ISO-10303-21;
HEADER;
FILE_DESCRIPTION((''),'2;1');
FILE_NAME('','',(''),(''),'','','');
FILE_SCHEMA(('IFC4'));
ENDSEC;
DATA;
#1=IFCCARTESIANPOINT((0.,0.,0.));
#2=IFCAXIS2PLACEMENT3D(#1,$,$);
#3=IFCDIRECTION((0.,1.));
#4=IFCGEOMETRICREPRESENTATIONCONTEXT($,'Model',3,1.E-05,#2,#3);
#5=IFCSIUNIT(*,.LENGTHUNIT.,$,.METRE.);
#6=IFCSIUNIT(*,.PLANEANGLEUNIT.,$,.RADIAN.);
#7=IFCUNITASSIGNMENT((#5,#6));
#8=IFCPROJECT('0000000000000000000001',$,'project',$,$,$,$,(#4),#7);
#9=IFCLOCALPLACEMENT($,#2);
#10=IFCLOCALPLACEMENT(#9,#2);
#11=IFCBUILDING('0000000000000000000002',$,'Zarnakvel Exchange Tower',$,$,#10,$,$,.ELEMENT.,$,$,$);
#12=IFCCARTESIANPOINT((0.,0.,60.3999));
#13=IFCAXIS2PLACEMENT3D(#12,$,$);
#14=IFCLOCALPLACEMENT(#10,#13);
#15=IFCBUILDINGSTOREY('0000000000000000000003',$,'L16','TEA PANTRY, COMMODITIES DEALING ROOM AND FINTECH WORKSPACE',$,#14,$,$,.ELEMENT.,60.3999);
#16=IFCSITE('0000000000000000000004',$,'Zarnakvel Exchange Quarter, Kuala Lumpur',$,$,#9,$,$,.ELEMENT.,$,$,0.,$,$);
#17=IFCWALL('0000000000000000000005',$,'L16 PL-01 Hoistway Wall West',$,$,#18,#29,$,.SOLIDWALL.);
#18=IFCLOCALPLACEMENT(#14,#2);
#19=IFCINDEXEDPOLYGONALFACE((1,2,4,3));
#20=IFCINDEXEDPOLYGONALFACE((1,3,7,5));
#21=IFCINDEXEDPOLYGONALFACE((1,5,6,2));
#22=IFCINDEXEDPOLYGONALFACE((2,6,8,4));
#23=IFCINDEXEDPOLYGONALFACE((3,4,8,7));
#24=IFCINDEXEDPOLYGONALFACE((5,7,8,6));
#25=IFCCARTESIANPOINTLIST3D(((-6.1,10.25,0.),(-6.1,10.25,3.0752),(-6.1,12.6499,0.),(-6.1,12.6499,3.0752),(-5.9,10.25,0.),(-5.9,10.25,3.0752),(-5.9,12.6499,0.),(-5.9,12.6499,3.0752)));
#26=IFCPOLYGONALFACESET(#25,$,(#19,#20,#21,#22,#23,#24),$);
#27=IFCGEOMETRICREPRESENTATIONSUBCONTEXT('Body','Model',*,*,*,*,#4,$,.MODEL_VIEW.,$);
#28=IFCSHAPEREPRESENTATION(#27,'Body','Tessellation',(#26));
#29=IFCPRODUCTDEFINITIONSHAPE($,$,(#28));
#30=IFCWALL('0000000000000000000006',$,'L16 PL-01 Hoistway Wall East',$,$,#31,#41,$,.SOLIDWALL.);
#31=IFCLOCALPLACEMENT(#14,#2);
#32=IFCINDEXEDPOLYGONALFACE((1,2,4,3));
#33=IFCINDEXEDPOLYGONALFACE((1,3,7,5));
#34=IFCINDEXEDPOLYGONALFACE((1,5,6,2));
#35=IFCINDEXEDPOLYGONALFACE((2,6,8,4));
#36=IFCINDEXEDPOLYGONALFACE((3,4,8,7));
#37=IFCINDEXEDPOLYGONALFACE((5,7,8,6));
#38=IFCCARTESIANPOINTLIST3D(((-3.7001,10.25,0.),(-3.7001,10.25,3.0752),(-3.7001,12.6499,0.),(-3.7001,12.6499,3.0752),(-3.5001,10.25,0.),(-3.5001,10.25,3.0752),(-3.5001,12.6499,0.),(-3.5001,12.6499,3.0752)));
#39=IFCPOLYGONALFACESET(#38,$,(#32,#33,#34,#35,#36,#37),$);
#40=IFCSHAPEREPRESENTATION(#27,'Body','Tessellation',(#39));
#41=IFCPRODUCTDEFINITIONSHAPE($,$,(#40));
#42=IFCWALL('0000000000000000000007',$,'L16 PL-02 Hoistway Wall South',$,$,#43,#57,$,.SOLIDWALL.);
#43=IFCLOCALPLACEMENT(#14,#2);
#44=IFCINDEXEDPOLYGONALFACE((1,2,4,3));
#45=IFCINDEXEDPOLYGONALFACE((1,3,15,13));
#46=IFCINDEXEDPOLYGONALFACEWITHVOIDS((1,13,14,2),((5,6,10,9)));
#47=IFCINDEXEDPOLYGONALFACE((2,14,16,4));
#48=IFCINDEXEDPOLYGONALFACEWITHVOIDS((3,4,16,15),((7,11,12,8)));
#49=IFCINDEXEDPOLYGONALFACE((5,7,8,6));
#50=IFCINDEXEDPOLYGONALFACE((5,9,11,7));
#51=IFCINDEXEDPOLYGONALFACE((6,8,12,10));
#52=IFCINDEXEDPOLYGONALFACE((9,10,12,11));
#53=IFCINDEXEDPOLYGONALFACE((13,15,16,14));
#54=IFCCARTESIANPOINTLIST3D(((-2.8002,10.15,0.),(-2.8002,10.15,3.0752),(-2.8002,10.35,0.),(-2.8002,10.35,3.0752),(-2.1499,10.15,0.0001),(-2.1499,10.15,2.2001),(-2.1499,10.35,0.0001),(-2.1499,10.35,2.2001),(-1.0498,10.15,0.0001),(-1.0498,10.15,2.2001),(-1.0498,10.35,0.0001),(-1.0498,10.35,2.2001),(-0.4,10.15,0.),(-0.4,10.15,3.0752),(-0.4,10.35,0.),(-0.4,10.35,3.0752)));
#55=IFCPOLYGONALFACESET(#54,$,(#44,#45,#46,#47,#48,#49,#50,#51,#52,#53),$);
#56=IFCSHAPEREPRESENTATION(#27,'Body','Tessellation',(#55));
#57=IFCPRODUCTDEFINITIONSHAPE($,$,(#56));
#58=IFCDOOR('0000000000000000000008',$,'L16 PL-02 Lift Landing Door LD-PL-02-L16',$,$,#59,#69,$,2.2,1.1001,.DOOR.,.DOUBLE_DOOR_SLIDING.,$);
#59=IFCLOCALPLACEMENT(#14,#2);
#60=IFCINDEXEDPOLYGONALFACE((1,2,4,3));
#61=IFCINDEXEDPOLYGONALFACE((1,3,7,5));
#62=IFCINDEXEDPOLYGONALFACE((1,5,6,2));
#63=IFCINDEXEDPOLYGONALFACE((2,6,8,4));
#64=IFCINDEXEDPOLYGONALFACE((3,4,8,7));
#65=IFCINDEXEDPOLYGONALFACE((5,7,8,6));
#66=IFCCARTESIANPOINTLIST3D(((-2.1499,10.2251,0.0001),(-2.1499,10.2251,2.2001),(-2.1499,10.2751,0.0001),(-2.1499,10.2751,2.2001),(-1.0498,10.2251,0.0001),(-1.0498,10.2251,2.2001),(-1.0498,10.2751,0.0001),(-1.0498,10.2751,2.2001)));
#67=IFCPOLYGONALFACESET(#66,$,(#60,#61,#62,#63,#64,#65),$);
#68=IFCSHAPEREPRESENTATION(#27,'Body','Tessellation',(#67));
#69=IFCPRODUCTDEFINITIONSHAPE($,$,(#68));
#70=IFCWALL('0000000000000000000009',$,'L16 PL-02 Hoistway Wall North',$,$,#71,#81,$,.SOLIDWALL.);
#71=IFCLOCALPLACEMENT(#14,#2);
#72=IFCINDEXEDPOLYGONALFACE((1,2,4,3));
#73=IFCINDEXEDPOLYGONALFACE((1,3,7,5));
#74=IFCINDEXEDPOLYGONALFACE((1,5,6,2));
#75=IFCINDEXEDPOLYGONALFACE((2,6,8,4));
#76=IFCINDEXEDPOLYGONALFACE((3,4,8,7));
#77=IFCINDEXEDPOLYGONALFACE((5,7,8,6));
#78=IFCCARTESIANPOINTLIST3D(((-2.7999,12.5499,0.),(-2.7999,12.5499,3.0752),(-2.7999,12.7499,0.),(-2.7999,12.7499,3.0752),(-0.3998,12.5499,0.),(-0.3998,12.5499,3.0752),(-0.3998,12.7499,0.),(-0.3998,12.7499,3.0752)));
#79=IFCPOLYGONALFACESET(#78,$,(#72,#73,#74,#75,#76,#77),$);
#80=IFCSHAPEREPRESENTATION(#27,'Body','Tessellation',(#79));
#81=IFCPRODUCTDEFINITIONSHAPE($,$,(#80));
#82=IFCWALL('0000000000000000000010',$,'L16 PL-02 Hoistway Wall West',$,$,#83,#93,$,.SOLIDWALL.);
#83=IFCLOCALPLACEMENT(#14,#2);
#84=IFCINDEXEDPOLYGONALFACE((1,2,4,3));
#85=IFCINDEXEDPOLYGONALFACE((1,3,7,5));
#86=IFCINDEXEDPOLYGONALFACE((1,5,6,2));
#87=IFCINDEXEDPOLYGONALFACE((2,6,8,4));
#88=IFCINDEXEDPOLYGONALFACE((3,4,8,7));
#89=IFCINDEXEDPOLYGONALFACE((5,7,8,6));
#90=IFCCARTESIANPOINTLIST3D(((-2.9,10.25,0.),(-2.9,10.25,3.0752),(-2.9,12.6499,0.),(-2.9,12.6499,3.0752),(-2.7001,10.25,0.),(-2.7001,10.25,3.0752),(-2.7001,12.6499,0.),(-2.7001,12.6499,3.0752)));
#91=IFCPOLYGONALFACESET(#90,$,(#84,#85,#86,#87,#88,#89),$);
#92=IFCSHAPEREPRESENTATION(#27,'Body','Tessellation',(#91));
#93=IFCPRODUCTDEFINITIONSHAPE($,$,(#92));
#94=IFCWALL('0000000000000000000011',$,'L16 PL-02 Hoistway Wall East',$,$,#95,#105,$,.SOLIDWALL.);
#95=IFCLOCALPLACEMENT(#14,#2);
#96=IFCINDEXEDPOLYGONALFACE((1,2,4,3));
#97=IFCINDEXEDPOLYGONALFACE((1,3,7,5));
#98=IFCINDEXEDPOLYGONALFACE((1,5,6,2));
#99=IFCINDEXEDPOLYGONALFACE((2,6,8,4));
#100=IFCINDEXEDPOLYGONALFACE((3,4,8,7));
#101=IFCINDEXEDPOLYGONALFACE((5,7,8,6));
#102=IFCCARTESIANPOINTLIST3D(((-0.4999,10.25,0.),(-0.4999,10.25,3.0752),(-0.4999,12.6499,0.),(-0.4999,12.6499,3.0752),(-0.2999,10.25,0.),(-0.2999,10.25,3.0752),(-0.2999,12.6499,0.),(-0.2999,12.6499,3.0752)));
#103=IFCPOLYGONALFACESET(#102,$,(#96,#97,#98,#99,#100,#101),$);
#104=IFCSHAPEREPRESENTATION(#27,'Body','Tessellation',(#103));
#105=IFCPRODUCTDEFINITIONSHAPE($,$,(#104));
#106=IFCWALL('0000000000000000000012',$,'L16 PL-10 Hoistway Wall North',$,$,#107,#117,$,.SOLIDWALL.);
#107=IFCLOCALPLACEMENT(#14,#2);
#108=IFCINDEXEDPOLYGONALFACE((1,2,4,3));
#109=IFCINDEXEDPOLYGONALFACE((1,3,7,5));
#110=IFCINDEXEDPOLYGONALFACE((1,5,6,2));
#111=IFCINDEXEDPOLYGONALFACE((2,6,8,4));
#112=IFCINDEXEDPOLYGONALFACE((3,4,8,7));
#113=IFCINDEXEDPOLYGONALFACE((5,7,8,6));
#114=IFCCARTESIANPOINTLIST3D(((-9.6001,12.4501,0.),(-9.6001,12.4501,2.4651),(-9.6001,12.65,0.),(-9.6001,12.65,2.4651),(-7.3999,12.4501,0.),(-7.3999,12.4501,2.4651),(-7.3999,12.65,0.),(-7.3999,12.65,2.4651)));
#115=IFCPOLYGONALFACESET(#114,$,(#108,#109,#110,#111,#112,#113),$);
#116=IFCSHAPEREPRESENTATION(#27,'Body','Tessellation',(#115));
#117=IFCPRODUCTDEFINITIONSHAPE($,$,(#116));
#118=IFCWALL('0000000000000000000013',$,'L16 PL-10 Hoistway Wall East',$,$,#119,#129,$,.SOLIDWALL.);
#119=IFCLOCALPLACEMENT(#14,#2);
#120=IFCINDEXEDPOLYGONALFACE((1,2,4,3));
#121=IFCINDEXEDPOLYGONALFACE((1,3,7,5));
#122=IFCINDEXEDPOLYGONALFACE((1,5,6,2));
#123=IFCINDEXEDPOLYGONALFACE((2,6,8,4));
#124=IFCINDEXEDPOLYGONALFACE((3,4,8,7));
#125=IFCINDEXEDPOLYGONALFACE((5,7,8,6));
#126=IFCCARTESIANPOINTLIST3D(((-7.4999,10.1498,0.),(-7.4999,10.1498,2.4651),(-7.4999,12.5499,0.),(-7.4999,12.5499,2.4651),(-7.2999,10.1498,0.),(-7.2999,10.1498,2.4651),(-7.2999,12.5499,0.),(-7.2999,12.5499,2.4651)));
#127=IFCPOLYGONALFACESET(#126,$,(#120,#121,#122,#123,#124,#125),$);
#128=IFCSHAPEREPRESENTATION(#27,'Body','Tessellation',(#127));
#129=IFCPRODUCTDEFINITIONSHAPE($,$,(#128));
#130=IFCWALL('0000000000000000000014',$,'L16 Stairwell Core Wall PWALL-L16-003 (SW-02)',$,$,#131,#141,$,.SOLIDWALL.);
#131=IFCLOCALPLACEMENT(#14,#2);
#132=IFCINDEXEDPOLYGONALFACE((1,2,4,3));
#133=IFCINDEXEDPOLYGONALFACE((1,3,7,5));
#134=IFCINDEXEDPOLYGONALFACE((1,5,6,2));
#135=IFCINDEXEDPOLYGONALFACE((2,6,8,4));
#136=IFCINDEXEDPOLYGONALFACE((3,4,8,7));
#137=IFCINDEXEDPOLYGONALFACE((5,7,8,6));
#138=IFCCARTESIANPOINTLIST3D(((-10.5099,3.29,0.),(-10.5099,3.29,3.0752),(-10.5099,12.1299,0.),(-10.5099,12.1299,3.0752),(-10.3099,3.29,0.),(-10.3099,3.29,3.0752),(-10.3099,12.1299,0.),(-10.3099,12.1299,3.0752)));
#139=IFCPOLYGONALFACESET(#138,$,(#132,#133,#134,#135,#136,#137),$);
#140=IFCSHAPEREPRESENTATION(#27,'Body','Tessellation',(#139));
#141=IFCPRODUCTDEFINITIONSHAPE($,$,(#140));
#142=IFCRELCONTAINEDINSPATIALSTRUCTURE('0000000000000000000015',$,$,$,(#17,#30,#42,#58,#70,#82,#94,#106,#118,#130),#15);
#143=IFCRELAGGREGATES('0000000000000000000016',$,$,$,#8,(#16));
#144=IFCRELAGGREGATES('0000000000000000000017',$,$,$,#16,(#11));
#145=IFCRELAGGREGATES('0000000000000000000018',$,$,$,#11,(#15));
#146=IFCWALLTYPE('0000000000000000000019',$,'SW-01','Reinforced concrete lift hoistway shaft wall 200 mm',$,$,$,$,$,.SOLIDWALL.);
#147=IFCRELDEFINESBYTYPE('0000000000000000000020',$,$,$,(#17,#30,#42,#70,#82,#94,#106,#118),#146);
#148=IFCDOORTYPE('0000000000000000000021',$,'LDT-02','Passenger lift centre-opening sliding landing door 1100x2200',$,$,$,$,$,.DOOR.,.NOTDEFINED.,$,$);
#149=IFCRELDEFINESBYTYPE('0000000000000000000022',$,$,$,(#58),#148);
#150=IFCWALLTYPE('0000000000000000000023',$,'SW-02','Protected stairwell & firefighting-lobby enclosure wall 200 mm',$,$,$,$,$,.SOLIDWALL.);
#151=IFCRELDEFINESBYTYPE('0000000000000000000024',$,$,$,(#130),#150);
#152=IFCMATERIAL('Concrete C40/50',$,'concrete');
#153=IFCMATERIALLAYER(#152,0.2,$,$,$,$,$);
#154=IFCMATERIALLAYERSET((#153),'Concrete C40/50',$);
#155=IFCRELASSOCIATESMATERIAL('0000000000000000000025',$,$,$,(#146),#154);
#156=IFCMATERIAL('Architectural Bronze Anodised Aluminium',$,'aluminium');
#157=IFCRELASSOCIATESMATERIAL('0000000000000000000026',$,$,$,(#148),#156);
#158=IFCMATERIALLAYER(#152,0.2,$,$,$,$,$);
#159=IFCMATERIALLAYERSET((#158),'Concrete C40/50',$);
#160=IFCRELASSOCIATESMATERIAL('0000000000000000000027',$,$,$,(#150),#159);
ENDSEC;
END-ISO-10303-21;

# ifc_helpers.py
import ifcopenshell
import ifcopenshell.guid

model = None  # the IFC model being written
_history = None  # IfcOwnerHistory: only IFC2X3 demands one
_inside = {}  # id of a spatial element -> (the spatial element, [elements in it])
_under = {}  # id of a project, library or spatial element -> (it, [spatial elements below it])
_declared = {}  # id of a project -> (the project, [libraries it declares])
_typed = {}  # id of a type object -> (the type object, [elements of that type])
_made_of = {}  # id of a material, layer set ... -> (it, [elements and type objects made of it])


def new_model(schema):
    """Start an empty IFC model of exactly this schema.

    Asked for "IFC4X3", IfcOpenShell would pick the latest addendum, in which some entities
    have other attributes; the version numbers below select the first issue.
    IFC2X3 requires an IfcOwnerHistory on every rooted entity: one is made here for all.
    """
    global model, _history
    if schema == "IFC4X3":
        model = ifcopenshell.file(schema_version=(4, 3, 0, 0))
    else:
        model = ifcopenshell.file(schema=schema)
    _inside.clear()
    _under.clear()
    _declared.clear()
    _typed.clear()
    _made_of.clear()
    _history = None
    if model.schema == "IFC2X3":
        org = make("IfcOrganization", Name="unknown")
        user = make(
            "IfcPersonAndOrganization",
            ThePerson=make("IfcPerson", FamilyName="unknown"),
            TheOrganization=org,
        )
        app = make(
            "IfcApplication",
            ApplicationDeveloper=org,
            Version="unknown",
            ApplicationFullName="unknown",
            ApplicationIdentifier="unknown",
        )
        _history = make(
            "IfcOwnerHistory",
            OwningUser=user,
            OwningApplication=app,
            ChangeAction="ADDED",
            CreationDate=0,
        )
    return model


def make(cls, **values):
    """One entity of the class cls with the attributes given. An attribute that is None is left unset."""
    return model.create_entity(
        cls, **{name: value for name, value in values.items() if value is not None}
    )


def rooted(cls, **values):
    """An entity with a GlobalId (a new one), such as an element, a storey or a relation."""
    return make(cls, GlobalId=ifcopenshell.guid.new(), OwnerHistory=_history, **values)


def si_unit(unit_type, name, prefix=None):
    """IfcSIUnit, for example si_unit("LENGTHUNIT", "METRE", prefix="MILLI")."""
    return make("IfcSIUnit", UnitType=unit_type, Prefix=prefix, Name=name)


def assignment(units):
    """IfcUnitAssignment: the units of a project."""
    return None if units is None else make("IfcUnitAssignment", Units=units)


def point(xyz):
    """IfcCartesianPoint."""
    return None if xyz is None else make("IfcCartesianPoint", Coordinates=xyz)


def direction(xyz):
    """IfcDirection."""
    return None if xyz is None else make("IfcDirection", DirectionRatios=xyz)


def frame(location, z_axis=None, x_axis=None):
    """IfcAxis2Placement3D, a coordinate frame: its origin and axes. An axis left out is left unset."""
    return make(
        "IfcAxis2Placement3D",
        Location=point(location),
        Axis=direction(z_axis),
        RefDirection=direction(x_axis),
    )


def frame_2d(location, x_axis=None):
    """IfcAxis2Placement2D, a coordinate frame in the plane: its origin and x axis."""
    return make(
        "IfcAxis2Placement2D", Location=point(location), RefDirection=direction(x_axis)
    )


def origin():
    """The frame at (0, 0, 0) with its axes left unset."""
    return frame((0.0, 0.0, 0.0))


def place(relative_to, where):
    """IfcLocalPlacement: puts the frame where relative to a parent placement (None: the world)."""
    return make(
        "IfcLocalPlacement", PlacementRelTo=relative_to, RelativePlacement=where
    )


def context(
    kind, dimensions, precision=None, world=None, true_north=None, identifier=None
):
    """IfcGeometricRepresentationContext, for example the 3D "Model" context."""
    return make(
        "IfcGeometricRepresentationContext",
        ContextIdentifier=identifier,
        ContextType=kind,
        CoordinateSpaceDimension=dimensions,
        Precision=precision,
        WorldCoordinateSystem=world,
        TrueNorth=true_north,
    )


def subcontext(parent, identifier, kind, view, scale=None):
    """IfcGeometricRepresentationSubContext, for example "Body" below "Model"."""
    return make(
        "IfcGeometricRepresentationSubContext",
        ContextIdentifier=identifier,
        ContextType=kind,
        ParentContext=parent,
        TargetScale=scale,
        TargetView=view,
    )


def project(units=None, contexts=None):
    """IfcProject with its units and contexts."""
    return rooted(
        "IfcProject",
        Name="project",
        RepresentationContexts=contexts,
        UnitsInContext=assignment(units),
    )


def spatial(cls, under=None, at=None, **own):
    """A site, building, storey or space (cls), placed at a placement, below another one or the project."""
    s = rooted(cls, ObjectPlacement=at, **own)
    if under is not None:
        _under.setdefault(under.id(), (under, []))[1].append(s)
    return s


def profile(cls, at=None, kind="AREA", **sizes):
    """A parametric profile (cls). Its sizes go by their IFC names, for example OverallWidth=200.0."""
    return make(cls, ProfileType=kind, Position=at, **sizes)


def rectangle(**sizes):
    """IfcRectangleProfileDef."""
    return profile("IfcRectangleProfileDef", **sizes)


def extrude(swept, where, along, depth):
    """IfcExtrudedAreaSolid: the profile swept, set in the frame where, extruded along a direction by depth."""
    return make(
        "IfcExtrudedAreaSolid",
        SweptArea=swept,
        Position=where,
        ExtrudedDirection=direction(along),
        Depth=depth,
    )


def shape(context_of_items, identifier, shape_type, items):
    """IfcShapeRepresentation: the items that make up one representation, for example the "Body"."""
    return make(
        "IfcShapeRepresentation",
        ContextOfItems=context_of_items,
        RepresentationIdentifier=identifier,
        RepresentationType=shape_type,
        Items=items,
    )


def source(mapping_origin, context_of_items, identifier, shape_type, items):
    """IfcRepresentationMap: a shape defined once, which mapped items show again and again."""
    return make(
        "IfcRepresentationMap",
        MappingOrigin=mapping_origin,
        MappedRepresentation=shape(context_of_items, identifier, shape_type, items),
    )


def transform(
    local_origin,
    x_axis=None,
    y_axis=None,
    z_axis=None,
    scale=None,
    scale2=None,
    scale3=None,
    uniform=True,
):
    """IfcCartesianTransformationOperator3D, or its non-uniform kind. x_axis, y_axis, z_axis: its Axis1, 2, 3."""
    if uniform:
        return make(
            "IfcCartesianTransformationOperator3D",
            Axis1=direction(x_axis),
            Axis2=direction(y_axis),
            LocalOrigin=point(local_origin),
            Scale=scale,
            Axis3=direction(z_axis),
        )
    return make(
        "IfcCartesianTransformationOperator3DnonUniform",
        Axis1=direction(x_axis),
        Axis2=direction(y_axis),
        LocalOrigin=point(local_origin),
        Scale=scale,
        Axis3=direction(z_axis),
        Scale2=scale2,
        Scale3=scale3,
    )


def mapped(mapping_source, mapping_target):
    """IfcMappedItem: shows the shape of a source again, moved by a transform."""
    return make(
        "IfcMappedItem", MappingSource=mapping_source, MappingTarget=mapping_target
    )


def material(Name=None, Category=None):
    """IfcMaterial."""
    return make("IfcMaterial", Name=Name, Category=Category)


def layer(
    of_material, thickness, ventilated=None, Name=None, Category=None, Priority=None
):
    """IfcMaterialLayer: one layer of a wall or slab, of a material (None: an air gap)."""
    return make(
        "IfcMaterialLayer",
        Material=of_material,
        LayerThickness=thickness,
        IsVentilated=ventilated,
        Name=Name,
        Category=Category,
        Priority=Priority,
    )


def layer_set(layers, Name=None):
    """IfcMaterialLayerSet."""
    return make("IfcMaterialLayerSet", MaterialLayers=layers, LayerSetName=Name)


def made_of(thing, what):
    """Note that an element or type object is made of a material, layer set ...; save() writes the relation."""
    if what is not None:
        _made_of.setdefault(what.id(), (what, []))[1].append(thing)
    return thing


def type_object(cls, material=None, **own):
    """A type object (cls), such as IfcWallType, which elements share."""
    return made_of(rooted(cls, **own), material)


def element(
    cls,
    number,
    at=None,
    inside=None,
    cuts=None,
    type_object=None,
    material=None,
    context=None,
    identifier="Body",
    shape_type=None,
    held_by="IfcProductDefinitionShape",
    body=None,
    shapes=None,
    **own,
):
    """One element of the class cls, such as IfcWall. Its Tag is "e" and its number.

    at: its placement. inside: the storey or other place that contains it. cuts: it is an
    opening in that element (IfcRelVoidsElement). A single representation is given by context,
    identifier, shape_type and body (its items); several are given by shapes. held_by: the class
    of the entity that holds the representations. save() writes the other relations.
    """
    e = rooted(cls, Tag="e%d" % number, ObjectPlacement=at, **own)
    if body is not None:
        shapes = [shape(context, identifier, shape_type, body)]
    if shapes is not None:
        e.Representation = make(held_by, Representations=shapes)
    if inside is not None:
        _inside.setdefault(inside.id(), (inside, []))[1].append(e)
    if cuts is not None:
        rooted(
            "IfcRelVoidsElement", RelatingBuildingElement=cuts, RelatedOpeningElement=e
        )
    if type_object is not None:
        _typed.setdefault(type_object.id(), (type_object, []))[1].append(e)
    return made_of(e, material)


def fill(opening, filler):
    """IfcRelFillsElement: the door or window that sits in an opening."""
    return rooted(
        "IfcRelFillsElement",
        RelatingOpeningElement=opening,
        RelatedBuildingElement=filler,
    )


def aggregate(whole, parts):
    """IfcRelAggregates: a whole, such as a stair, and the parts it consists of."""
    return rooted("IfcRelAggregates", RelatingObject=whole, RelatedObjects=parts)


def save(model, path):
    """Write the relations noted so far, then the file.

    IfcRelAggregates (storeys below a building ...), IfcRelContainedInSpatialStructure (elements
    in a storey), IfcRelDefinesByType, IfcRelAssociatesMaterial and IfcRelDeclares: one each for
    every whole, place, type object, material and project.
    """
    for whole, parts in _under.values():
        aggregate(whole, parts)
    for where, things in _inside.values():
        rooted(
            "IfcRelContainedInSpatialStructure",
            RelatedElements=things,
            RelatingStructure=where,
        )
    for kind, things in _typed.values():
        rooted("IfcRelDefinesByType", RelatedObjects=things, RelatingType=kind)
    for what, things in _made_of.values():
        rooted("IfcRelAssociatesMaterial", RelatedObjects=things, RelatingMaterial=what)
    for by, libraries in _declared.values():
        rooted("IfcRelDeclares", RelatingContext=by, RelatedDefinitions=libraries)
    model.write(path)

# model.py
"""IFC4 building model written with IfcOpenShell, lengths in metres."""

from ifc_helpers import new_model, si_unit, direction, frame, frame_2d, origin, place, context, subcontext, project, spatial, rectangle, extrude, source, transform, mapped, material, layer, layer_set, type_object, element, fill, save


model = new_model("IFC4")

# Units and contexts
model_context = context("Model", 3, precision=1e-05, world=origin(), true_north=direction((0.0, 1.0)))
body_context = subcontext(model_context, "Body", "Model", "MODEL_VIEW")
ifc_project = project(units=[si_unit("LENGTHUNIT", "METRE"), si_unit("PLANEANGLEUNIT", "RADIAN")], contexts=[model_context])

# Site, building, storey
site_placement = place(None, origin())
site = spatial("IfcSite", under=ifc_project, at=site_placement, Name="Zarnakvel Exchange Quarter, Kuala Lumpur", CompositionType="ELEMENT", RefElevation=0.0)
building_placement = place(site_placement, origin())
building = spatial("IfcBuilding", under=site, at=building_placement, Name="Zarnakvel Exchange Tower", CompositionType="ELEMENT")
storey_placement = place(building_placement, frame((0.0, 0.0, 60.3999)))
storey = spatial("IfcBuildingStorey", under=building, at=storey_placement, Name="L16", Description="TEA PANTRY, COMMODITIES DEALING ROOM AND FINTECH WORKSPACE", CompositionType="ELEMENT", Elevation=60.3999)

# Shared definitions
ifc_material_1 = material(Name="Architectural Bronze Anodised Aluminium", Category="aluminium")

# Shared definitions
ifc_material_2 = material(Name="Concrete C40/50", Category="concrete")
ifc_layer_1 = layer(ifc_material_2, 0.2)
ifc_layer_set_1 = layer_set([ifc_layer_1], Name="Concrete C40/50")
wall_type_1 = type_object("IfcWallType", Name="SW-01", Description="Reinforced concrete lift hoistway shaft wall 200 mm", PredefinedType="SOLIDWALL", material=ifc_layer_set_1)
door_type = type_object("IfcDoorType", Name="LDT-02", Description="Passenger lift centre-opening sliding landing door 1100x2200", OperationType="NOTDEFINED", PredefinedType="DOOR", material=ifc_material_1)
shared_shape_1 = source(origin(), body_context, "Body", "SweptSolid", [
    extrude(rectangle(XDim=1.1001, YDim=2.2, at=frame_2d((0.55, 1.1001))), frame((0.0, 0.0249, 0.0), z_axis=(0.0, -1.0, 0.0), x_axis=(1.0, 0.0, 0.0)), (0.0, 0.0, 1.0), 0.05),
])

# Walls
for number, where, z_axis, x_axis, name in (
    (1, (-6.0, 10.25, 0.0), (0.0, 0.0, 1.0), (0.0, 1.0, 0.0), "L16 PL-01 Hoistway Wall West"),
    (2, (-3.6001, 12.6499, 0.0), (0.0, 0.0, 1.0), (0.0, -1.0, 0.0), "L16 PL-01 Hoistway Wall East"),
):
    element("IfcWall", number, at=place(storey_placement, frame(where, z_axis=z_axis, x_axis=x_axis)), inside=storey, type_object=wall_type_1, Name=name, PredefinedType="SOLIDWALL", context=body_context, shape_type="SweptSolid", body=[
        extrude(rectangle(XDim=2.3999, YDim=0.2, at=frame_2d((1.2, 0.0))), origin(), (0.0, 0.0, 1.0), 3.0752),
    ])

# Wall, opening, door
wall_1_placement = place(storey_placement, frame((-0.3999, 10.25, 0.0), z_axis=(0.0, 0.0, 1.0), x_axis=(-1.0, 0.0, 0.0)))
wall_1 = element("IfcWall", 3, at=wall_1_placement, inside=storey, type_object=wall_type_1, Name="L16 PL-02 Hoistway Wall South", PredefinedType="SOLIDWALL", context=body_context, shape_type="SweptSolid", body=[
    extrude(rectangle(XDim=2.4001, YDim=0.2, at=frame_2d((1.2002, 0.0))), origin(), (0.0, 0.0, 1.0), 3.0752),
])
opening_1_placement = place(wall_1_placement, frame((0.6499, 0.0, 0.0)))
opening_1 = element("IfcOpeningElement", 4, at=opening_1_placement, cuts=wall_1, PredefinedType="OPENING", context=body_context, shape_type="SweptSolid", body=[
    extrude(rectangle(XDim=1.1001, YDim=2.2, at=frame_2d((0.55, 1.1001))), frame((0.0, 0.1099, 0.0), z_axis=(0.0, -1.0, 0.0), x_axis=(1.0, 0.0, 0.0)), (0.0, 0.0, 1.0), 0.22),
])
door_1_placement = place(opening_1_placement, origin())
door_1 = element("IfcDoor", 5, at=door_1_placement, inside=storey, type_object=door_type, Name="L16 PL-02 Lift Landing Door LD-PL-02-L16", OperationType="DOUBLE_DOOR_SLIDING", OverallHeight=2.2, OverallWidth=1.1001, PredefinedType="DOOR", context=body_context, shape_type="MappedRepresentation", body=[
    mapped(shared_shape_1, transform((0.0, 0.0, 0.0), x_axis=(1.0, 0.0, 0.0), y_axis=(0.0, 1.0, 0.0), z_axis=(0.0, 0.0, 1.0), scale=1.0)),
])
fill(opening_1, door_1)

# Walls
wall_2_placement = place(storey_placement, frame((-2.8, 12.6499, 0.0), z_axis=(0.0, 0.0, 1.0), x_axis=(1.0, 0.0, 0.0)))
element("IfcWall", 6, at=wall_2_placement, inside=storey, type_object=wall_type_1, Name="L16 PL-02 Hoistway Wall North", PredefinedType="SOLIDWALL", context=body_context, shape_type="SweptSolid", body=[
    extrude(rectangle(XDim=2.4001, YDim=0.2, at=frame_2d((1.2002, 0.0))), origin(), (0.0, 0.0, 1.0), 3.0752),
])
for number, where, z_axis, x_axis, name in (
    (7, (-2.8, 10.25, 0.0), (0.0, 0.0, 1.0), (0.0, 1.0, 0.0), "L16 PL-02 Hoistway Wall West"),
    (8, (-0.3999, 12.6499, 0.0), (0.0, 0.0, 1.0), (0.0, -1.0, 0.0), "L16 PL-02 Hoistway Wall East"),
):
    element("IfcWall", number, at=place(storey_placement, frame(where, z_axis=z_axis, x_axis=x_axis)), inside=storey, type_object=wall_type_1, Name=name, PredefinedType="SOLIDWALL", context=body_context, shape_type="SweptSolid", body=[
        extrude(rectangle(XDim=2.3999, YDim=0.2, at=frame_2d((1.2, 0.0))), origin(), (0.0, 0.0, 1.0), 3.0752),
    ])
wall_3_placement = place(storey_placement, frame((-9.6001, 12.55, 0.0), z_axis=(0.0, 0.0, 1.0), x_axis=(1.0, 0.0, 0.0)))
element("IfcWall", 9, at=wall_3_placement, inside=storey, type_object=wall_type_1, Name="L16 PL-10 Hoistway Wall North", PredefinedType="SOLIDWALL", context=body_context, shape_type="SweptSolid", body=[
    extrude(rectangle(XDim=2.2002, YDim=0.2, at=frame_2d((1.1001, 0.0))), origin(), (0.0, 0.0, 1.0), 2.4651),
])
wall_4_placement = place(storey_placement, frame((-7.3999, 12.55, 0.0), z_axis=(0.0, 0.0, 1.0), x_axis=(0.0, -1.0, 0.0)))
element("IfcWall", 10, at=wall_4_placement, inside=storey, type_object=wall_type_1, Name="L16 PL-10 Hoistway Wall East", PredefinedType="SOLIDWALL", context=body_context, shape_type="SweptSolid", body=[
    extrude(rectangle(XDim=2.4001, YDim=0.2, at=frame_2d((1.2002, 0.0))), origin(), (0.0, 0.0, 1.0), 2.4651),
])
ifc_layer_2 = layer(ifc_material_2, 0.2)
ifc_layer_set_2 = layer_set([ifc_layer_2], Name="Concrete C40/50")
wall_type_2 = type_object("IfcWallType", Name="SW-02", Description="Protected stairwell & firefighting-lobby enclosure wall 200 mm", PredefinedType="SOLIDWALL", material=ifc_layer_set_2)
wall_5_placement = place(storey_placement, frame((-10.4099, 12.1299, 0.0), z_axis=(0.0, 0.0, 1.0), x_axis=(0.0, -1.0, 0.0)))
element("IfcWall", 11, at=wall_5_placement, inside=storey, type_object=wall_type_2, Name="L16 Stairwell Core Wall PWALL-L16-003 (SW-02)", PredefinedType="SOLIDWALL", context=body_context, shape_type="SweptSolid", body=[
    extrude(rectangle(XDim=8.8398, YDim=0.2, at=frame_2d((4.4199, 0.0))), origin(), (0.0, 0.0, 1.0), 3.0752),
])

save(model, "model.ifc")
